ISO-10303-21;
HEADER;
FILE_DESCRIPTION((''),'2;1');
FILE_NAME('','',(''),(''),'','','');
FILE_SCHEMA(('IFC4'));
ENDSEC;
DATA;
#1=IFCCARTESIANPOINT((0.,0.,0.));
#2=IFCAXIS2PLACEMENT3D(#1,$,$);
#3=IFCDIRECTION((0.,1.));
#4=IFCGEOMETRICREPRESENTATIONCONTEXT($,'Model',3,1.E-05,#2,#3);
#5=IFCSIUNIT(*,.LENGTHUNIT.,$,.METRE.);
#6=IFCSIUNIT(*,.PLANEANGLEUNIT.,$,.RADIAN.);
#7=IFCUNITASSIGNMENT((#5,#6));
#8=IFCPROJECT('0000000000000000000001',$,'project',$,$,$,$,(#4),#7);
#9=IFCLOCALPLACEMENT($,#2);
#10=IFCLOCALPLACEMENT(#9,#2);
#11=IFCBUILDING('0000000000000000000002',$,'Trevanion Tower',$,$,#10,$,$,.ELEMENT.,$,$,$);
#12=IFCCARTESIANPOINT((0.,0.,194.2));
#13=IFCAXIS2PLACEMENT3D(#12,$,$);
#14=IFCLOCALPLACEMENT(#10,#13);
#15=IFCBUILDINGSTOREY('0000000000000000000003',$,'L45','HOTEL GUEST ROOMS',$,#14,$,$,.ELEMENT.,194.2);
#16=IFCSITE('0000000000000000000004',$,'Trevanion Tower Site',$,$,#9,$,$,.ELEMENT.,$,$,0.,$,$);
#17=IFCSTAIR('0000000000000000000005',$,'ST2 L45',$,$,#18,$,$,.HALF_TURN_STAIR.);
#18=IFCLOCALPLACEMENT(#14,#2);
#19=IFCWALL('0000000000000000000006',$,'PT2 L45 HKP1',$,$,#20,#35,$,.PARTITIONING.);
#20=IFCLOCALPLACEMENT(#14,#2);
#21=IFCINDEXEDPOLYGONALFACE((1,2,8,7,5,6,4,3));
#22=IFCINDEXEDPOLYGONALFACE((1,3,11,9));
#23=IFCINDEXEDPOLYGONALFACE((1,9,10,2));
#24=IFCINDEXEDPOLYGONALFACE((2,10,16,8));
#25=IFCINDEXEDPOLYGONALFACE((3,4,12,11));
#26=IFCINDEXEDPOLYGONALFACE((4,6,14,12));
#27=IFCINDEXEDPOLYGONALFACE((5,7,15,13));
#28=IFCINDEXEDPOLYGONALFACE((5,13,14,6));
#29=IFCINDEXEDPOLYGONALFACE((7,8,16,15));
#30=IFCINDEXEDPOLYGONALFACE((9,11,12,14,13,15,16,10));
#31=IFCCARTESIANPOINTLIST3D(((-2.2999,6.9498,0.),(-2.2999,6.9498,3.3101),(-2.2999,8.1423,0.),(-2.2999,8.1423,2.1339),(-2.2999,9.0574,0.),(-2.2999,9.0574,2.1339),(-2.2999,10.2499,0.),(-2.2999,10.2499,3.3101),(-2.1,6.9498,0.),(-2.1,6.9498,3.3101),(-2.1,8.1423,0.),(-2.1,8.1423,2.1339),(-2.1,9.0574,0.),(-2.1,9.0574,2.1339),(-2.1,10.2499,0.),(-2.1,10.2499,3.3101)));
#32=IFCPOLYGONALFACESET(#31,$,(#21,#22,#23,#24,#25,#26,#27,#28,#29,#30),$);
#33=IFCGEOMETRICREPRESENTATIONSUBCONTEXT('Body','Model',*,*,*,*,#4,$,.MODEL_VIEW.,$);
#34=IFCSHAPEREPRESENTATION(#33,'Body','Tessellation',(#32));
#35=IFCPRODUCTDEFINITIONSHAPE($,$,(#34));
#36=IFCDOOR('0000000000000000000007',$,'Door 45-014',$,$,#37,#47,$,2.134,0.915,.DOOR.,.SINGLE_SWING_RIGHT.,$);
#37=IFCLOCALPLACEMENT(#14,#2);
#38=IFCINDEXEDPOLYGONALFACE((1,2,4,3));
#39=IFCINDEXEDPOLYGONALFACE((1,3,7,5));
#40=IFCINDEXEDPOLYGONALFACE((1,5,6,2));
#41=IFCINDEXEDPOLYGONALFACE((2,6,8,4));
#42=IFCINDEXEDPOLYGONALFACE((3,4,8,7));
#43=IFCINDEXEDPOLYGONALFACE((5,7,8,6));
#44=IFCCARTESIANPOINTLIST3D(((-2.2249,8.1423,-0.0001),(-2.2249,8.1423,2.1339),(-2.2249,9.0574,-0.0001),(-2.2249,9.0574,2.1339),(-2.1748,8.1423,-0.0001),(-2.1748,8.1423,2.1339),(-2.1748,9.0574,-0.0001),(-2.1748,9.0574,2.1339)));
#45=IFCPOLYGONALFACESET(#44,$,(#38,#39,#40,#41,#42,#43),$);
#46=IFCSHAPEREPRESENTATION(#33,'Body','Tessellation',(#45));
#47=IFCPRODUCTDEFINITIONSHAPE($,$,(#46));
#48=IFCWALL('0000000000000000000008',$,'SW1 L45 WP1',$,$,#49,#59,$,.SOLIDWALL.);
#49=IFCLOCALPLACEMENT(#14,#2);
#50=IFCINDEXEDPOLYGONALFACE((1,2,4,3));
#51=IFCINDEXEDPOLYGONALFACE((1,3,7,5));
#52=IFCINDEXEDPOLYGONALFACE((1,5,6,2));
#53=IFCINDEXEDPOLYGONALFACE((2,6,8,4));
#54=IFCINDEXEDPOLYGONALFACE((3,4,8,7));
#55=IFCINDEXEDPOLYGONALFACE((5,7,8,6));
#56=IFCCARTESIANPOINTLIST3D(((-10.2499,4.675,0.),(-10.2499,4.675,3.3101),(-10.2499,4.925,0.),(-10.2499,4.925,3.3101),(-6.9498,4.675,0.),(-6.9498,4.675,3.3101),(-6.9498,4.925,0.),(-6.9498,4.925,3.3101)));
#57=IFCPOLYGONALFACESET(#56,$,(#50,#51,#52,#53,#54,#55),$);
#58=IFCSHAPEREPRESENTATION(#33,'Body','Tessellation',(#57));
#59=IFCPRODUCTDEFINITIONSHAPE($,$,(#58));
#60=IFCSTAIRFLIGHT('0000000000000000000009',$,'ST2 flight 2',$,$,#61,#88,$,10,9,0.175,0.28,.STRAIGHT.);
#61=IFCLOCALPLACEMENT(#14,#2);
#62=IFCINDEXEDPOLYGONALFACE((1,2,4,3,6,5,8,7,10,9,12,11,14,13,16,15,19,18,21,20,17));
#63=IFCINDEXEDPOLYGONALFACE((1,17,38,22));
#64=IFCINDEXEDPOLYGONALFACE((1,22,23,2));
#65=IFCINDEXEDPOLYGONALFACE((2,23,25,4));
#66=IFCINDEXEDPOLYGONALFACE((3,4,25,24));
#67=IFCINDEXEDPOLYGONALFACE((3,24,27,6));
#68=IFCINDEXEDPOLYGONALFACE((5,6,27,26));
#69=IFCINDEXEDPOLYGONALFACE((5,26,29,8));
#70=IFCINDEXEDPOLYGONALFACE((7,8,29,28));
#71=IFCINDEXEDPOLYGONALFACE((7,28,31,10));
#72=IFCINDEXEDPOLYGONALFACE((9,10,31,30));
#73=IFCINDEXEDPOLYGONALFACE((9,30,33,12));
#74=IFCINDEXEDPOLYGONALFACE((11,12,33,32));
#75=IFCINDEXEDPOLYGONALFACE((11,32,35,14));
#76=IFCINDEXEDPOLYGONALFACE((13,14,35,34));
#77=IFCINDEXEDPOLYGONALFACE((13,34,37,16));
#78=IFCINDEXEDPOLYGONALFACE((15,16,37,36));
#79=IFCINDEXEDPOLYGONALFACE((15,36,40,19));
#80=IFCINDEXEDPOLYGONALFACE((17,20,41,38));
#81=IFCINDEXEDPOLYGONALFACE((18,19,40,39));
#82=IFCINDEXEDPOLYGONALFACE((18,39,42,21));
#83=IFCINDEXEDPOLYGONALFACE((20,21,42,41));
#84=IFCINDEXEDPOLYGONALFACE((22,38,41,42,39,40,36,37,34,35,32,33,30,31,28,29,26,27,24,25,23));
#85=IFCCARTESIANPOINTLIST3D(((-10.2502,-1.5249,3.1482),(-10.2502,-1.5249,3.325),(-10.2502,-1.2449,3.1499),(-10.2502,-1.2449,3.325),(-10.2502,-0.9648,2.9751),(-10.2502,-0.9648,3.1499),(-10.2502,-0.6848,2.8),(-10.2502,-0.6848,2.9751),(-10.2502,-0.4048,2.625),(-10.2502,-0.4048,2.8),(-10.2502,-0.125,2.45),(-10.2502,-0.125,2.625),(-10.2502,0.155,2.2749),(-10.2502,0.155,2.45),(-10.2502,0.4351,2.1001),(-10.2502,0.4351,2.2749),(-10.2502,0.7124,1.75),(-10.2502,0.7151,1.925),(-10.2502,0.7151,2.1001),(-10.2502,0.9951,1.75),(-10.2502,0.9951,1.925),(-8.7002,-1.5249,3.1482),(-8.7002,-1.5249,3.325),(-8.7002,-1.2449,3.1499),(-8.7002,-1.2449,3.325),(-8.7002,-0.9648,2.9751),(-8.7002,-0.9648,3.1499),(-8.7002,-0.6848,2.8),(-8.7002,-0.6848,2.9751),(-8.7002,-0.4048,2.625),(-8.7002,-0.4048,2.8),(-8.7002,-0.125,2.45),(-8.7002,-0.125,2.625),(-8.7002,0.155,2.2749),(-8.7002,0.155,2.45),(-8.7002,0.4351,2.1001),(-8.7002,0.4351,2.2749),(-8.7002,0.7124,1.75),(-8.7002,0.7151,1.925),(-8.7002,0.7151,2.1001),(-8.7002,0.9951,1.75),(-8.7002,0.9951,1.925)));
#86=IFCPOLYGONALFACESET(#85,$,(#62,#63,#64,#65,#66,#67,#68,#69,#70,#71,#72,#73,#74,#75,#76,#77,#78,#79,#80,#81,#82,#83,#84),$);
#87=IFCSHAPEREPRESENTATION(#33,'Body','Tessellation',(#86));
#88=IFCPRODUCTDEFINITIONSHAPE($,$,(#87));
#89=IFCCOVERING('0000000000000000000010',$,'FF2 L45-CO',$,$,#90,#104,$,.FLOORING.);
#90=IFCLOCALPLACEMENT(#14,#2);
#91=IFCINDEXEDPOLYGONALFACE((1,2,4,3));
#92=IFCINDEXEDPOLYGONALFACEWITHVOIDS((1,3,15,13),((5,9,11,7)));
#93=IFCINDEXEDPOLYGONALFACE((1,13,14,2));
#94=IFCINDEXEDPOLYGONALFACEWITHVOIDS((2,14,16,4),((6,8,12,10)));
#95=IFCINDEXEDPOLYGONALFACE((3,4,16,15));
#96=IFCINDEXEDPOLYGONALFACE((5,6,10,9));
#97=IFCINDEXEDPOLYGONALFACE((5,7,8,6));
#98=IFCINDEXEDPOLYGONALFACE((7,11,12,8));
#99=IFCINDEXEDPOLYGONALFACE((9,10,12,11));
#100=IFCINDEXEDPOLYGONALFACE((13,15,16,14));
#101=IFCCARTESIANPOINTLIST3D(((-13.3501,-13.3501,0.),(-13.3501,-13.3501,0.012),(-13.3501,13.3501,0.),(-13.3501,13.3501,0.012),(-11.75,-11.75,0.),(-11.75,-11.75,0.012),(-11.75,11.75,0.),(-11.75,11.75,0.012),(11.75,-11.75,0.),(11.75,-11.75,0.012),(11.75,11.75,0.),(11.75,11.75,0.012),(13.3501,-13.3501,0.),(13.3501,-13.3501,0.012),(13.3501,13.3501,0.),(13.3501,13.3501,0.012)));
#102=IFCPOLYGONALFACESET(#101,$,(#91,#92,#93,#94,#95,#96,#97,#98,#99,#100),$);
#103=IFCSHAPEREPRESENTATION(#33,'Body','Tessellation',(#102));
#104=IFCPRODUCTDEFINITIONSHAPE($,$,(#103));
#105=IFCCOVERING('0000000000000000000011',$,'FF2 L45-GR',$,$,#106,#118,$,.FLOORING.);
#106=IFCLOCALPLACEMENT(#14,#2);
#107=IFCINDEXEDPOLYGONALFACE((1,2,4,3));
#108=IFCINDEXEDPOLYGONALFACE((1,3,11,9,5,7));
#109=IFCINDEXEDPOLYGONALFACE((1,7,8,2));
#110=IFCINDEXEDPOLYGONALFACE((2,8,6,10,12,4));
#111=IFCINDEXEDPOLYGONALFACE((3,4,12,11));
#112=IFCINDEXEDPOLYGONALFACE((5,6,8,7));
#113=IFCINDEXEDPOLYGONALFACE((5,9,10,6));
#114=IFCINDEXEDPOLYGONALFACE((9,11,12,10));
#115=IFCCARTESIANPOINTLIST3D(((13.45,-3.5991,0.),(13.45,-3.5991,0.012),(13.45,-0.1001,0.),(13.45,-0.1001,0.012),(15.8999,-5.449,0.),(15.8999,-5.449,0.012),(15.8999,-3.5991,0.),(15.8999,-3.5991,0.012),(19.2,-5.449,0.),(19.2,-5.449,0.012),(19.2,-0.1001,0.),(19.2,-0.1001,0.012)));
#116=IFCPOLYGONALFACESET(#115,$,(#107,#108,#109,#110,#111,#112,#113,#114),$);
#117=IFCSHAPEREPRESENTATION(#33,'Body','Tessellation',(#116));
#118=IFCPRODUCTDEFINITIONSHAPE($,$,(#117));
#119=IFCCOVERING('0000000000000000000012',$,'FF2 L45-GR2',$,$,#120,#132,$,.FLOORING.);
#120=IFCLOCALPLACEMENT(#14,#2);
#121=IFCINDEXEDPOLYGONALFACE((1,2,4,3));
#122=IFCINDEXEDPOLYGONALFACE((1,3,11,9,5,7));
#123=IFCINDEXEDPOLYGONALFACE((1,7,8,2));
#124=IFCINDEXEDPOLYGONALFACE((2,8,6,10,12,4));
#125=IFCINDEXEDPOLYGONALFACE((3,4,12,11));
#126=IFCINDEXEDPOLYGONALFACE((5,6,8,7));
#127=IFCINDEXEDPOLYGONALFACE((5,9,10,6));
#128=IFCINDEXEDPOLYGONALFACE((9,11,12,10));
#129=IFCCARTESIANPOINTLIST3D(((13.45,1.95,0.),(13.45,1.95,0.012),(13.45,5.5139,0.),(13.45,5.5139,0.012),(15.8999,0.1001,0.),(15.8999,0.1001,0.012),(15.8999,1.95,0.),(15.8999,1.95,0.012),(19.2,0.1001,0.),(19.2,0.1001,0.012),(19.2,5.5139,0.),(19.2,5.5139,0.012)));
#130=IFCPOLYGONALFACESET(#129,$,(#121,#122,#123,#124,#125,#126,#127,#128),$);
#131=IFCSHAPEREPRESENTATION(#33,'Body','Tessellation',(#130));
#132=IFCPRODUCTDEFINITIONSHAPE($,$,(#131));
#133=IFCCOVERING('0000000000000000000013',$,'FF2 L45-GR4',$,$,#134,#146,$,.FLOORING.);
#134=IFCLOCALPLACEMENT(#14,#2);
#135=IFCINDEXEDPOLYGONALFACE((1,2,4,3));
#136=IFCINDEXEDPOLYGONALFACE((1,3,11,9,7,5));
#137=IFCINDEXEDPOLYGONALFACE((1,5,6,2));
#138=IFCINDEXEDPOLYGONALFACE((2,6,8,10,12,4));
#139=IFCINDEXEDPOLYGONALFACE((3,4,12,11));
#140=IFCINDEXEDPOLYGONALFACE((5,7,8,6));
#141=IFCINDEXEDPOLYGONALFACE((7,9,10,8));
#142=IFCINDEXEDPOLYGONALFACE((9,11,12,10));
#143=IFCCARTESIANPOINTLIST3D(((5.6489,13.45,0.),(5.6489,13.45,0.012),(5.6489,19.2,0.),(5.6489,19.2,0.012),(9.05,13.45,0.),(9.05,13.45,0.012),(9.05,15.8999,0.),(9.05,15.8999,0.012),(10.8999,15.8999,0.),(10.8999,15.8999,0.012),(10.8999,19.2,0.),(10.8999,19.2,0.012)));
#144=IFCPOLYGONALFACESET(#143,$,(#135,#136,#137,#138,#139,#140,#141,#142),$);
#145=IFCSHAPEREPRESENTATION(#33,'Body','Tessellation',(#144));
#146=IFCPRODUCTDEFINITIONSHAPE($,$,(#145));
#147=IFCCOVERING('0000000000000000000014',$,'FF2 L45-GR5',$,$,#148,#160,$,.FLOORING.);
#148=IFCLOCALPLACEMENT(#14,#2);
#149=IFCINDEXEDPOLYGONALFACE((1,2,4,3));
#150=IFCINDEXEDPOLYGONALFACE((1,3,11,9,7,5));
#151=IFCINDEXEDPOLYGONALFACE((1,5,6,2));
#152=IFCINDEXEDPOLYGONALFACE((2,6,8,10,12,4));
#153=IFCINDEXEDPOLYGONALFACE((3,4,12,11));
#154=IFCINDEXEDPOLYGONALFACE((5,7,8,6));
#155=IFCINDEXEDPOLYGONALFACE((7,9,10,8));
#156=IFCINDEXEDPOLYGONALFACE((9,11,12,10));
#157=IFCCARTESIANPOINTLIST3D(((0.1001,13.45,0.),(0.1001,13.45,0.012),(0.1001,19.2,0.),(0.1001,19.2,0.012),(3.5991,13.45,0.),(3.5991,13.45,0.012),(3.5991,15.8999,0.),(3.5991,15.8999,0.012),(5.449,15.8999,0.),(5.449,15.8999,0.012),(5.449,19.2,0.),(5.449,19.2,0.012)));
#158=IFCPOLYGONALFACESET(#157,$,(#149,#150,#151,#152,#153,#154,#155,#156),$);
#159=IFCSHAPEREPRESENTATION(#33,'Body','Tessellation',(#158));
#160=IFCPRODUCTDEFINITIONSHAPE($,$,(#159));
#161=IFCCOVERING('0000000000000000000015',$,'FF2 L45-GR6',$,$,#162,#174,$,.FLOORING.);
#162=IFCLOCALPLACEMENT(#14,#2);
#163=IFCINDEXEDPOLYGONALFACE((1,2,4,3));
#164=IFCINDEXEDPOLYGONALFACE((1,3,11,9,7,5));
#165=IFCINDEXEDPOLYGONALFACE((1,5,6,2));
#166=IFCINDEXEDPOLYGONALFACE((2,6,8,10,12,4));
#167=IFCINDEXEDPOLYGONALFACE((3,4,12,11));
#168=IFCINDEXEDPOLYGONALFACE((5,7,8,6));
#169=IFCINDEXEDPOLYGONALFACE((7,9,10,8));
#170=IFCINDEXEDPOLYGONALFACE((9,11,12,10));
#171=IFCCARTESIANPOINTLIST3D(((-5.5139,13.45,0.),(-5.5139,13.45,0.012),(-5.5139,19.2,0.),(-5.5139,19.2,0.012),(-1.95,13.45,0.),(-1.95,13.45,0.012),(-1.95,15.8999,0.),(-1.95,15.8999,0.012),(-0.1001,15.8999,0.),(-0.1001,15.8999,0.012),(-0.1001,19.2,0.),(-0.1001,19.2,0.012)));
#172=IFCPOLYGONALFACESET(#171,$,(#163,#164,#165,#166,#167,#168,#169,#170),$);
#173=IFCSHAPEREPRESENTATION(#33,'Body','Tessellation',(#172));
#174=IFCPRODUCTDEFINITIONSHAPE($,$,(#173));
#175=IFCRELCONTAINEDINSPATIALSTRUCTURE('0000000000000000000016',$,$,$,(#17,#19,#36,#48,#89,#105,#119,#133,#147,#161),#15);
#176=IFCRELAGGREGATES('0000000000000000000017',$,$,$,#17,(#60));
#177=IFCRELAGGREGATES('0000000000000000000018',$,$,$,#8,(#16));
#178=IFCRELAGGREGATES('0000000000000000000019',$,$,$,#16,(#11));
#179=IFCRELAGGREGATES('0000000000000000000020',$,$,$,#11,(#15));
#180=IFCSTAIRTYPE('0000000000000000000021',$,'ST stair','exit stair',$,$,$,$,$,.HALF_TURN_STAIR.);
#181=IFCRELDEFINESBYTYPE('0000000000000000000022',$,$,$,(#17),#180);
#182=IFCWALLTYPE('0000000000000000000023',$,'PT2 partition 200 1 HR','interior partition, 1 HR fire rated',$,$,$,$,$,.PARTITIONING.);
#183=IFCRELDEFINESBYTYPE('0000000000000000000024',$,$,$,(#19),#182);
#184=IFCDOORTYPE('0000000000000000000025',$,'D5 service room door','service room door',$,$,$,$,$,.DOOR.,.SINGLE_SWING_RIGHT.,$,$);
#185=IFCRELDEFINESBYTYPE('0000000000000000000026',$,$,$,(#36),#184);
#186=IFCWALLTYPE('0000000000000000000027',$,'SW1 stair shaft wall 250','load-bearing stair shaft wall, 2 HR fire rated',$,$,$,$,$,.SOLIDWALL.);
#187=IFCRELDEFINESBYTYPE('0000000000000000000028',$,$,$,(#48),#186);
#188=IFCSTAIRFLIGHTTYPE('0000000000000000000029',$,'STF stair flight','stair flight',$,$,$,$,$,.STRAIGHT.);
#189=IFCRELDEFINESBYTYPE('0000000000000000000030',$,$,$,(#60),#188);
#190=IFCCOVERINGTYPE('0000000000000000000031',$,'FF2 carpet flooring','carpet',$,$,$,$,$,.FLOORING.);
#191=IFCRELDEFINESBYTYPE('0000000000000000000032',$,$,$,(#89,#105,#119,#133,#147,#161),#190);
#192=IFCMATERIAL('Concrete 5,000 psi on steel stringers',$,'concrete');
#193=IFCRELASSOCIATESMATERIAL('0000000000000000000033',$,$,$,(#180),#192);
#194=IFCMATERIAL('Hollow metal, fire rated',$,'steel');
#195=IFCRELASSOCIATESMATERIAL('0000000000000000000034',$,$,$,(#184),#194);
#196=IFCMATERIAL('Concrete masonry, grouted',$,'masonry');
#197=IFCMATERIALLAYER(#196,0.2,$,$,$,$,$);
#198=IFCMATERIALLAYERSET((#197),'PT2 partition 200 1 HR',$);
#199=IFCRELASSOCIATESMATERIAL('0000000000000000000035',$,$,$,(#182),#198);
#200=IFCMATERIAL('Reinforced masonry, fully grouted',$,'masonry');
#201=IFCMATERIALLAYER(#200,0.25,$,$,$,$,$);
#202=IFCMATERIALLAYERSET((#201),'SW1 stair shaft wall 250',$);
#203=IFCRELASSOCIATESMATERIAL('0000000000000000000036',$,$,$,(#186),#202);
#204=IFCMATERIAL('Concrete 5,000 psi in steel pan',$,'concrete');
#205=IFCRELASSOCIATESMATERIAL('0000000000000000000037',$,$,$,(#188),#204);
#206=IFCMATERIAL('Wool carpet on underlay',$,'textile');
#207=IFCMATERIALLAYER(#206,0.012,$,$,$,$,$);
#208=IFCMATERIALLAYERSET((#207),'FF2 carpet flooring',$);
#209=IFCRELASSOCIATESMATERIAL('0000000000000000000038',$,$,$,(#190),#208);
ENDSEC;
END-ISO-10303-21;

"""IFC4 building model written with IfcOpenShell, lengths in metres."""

from ifc_helpers import new_model, si_unit, direction, frame, frame_2d, origin, place, context, subcontext, project, spatial, polyline, rectangle, outline, extrude, material, layer, layer_set, type_object, element, fill, aggregate, save


model = new_model("IFC4")

# Units and contexts
model_context = context("Model", 3, precision=1e-05, world=origin(), true_north=direction((0.0, 1.0)))
body_context = subcontext(model_context, "Body", "Model", "MODEL_VIEW")
ifc_project = project(units=[si_unit("LENGTHUNIT", "METRE"), si_unit("PLANEANGLEUNIT", "RADIAN")], contexts=[model_context])

# Site, building, storey
site_placement = place(None, origin())
site = spatial("IfcSite", under=ifc_project, at=site_placement, Name="Trevanion Tower Site", CompositionType="ELEMENT", RefElevation=0.0)
building_placement = place(site_placement, origin())
building = spatial("IfcBuilding", under=site, at=building_placement, Name="Trevanion Tower", CompositionType="ELEMENT")
storey_placement = place(building_placement, frame((0.0, 0.0, 194.2)))
storey = spatial("IfcBuildingStorey", under=building, at=storey_placement, Name="L45", Description="HOTEL GUEST ROOMS", CompositionType="ELEMENT", Elevation=194.2)

# Stair
ifc_material_1 = material(Name="Concrete 5,000 psi on steel stringers", Category="concrete")
stair_type = type_object("IfcStairType", Name="ST stair", Description="exit stair", PredefinedType="HALF_TURN_STAIR", material=ifc_material_1)
stair_1_placement = place(storey_placement, origin())
stair_1 = element("IfcStair", 1, at=stair_1_placement, inside=storey, type_object=stair_type, Name="ST2 L45", PredefinedType="HALF_TURN_STAIR")

# Shared definitions
ifc_material_2 = material(Name="Hollow metal, fire rated", Category="steel")
door_type_1 = type_object("IfcDoorType", Name="D5 service room door", Description="service room door", OperationType="SINGLE_SWING_RIGHT", PredefinedType="DOOR", material=ifc_material_2)

# Shared definitions
ifc_material_3 = material(Name="Concrete masonry, grouted", Category="masonry")
ifc_layer_1 = layer(ifc_material_3, 0.2)
ifc_layer_set_1 = layer_set([ifc_layer_1], Name="PT2 partition 200 1 HR")
wall_type_1 = type_object("IfcWallType", Name="PT2 partition 200 1 HR", Description="interior partition, 1 HR fire rated", PredefinedType="PARTITIONING", material=ifc_layer_set_1)

# Wall, opening, door
wall_1_placement = place(storey_placement, frame((-2.2, 6.95, 0.0), z_axis=(0.0, 0.0, 1.0), x_axis=(0.0, 1.0, 0.0)))
wall_1 = element("IfcWall", 2, at=wall_1_placement, inside=storey, type_object=wall_type_1, Name="PT2 L45 HKP1", PredefinedType="PARTITIONING", context=body_context, shape_type="SweptSolid", body=[
    extrude(rectangle(XDim=3.3, YDim=0.2, at=frame_2d((1.6499, 0.0))), origin(), (0.0, 0.0, 1.0), 3.3101),
])
opening_1_placement = place(wall_1_placement, frame((1.1924, 0.0, 0.0)))
opening_1 = element("IfcOpeningElement", 3, at=opening_1_placement, cuts=wall_1, PredefinedType="OPENING", context=body_context, shape_type="SweptSolid", body=[
    extrude(rectangle(XDim=0.915, YDim=2.134, at=frame_2d((0.4575, 1.0669))), frame((0.0, 0.1099, 0.0), z_axis=(0.0, -1.0, 0.0), x_axis=(1.0, 0.0, 0.0)), (0.0, 0.0, 1.0), 0.22),
])
door_1_placement = place(opening_1_placement, origin())
door_1 = element("IfcDoor", 4, at=door_1_placement, inside=storey, type_object=door_type_1, Name="Door 45-014", OperationType="SINGLE_SWING_RIGHT", OverallHeight=2.134, OverallWidth=0.915, PredefinedType="DOOR", context=body_context, shape_type="SweptSolid", body=[
    extrude(rectangle(XDim=0.915, YDim=2.134, at=frame_2d((0.4575, 1.0669))), frame((0.0, 0.0249, 0.0), z_axis=(0.0, -1.0, 0.0), x_axis=(1.0, 0.0, 0.0)), (0.0, 0.0, 1.0), 0.05),
])
fill(opening_1, door_1)

# Wall
ifc_material_4 = material(Name="Reinforced masonry, fully grouted", Category="masonry")
ifc_layer_2 = layer(ifc_material_4, 0.25)
ifc_layer_set_2 = layer_set([ifc_layer_2], Name="SW1 stair shaft wall 250")
wall_type_2 = type_object("IfcWallType", Name="SW1 stair shaft wall 250", Description="load-bearing stair shaft wall, 2 HR fire rated", PredefinedType="SOLIDWALL", material=ifc_layer_set_2)
wall_2_placement = place(storey_placement, frame((-6.95, 4.8, 0.0), z_axis=(0.0, 0.0, 1.0), x_axis=(-1.0, 0.0, 0.0)))
element("IfcWall", 5, at=wall_2_placement, inside=storey, type_object=wall_type_2, Name="SW1 L45 WP1", PredefinedType="SOLIDWALL", context=body_context, shape_type="SweptSolid", body=[
    extrude(rectangle(XDim=3.3, YDim=0.25, at=frame_2d((1.6499, 0.0))), origin(), (0.0, 0.0, 1.0), 3.3101),
])

# Stair flight
ifc_material_5 = material(Name="Concrete 5,000 psi in steel pan", Category="concrete")
stair_flight_type = type_object("IfcStairFlightType", Name="STF stair flight", Description="stair flight", PredefinedType="STRAIGHT", material=ifc_material_5)
stair_flight_placement = place(storey_placement, frame((-9.4751, 0.9951, 1.75), z_axis=(0.0, 0.0, 1.0), x_axis=(0.0, -1.0, 0.0)))
stair_flight = element("IfcStairFlight", 6, at=stair_flight_placement, type_object=stair_flight_type, Name="ST2 flight 2", NumberOfRisers=10, NumberOfTreads=9, PredefinedType="STRAIGHT", RiserHeight=0.175, TreadLength=0.28, context=body_context, shape_type="SweptSolid", body=[
    extrude(outline(polyline([(0.0, 0.0), (0.0, 0.175), (0.28, 0.175), (0.28, 0.3501), (0.5601, 0.3501), (0.5601, 0.5249), (0.8401, 0.5249), (0.8401, 0.7), (1.1201, 0.7), (1.1201, 0.875), (1.3999, 0.875), (1.3999, 1.05), (1.6799, 1.05), (1.6799, 1.2251), (1.96, 1.2251), (1.96, 1.3999), (2.24, 1.3999), (2.24, 1.575), (2.52, 1.575), (2.52, 1.75), (2.52, 1.3982), (0.2827, 0.0), (0.0, 0.0)])), frame((0.0, 0.7749, 0.0), z_axis=(0.0, -1.0, 0.0), x_axis=(1.0, 0.0, 0.0)), (0.0, 0.0, 1.0), 1.55),
])
aggregate(stair_1, [stair_flight])

# Coverings
ifc_material_6 = material(Name="Wool carpet on underlay", Category="textile")
ifc_layer_3 = layer(ifc_material_6, 0.012)
ifc_layer_set_3 = layer_set([ifc_layer_3], Name="FF2 carpet flooring")
covering_type = type_object("IfcCoveringType", Name="FF2 carpet flooring", Description="carpet", PredefinedType="FLOORING", material=ifc_layer_set_3)
covering_1_placement = place(storey_placement, origin())
element("IfcCovering", 7, at=covering_1_placement, inside=storey, type_object=covering_type, Name="FF2 L45-CO", PredefinedType="FLOORING", context=body_context, shape_type="SweptSolid", body=[
    extrude(outline(polyline([(-13.3501, -13.3501), (-13.3501, 13.3501), (13.3501, 13.3501), (13.3501, -13.3501), (-13.3501, -13.3501)]), holes=[polyline([(11.75, 11.75), (-11.75, 11.75), (-11.75, -11.75), (11.75, -11.75), (11.75, 11.75)])]), origin(), (0.0, 0.0, 1.0), 0.012),
])
covering_2_placement = place(storey_placement, origin())
element("IfcCovering", 8, at=covering_2_placement, inside=storey, type_object=covering_type, Name="FF2 L45-GR", PredefinedType="FLOORING", context=body_context, shape_type="SweptSolid", body=[
    extrude(outline(polyline([(13.45, -0.1001), (19.2, -0.1001), (19.2, -5.449), (15.8999, -5.449), (15.8999, -3.5991), (13.45, -3.5991), (13.45, -0.1001)])), origin(), (0.0, 0.0, 1.0), 0.012),
])
covering_3_placement = place(storey_placement, origin())
element("IfcCovering", 9, at=covering_3_placement, inside=storey, type_object=covering_type, Name="FF2 L45-GR2", PredefinedType="FLOORING", context=body_context, shape_type="SweptSolid", body=[
    extrude(outline(polyline([(13.45, 5.5139), (19.2, 5.5139), (19.2, 0.1001), (15.8999, 0.1001), (15.8999, 1.95), (13.45, 1.95), (13.45, 5.5139)])), origin(), (0.0, 0.0, 1.0), 0.012),
])
covering_4_placement = place(storey_placement, origin())
element("IfcCovering", 10, at=covering_4_placement, inside=storey, type_object=covering_type, Name="FF2 L45-GR4", PredefinedType="FLOORING", context=body_context, shape_type="SweptSolid", body=[
    extrude(outline(polyline([(5.6489, 13.45), (5.6489, 19.2), (10.8999, 19.2), (10.8999, 15.8999), (9.05, 15.8999), (9.05, 13.45), (5.6489, 13.45)])), origin(), (0.0, 0.0, 1.0), 0.012),
])
covering_5_placement = place(storey_placement, origin())
element("IfcCovering", 11, at=covering_5_placement, inside=storey, type_object=covering_type, Name="FF2 L45-GR5", PredefinedType="FLOORING", context=body_context, shape_type="SweptSolid", body=[
    extrude(outline(polyline([(0.1001, 13.45), (0.1001, 19.2), (5.449, 19.2), (5.449, 15.8999), (3.5991, 15.8999), (3.5991, 13.45), (0.1001, 13.45)])), origin(), (0.0, 0.0, 1.0), 0.012),
])
covering_6_placement = place(storey_placement, origin())
element("IfcCovering", 12, at=covering_6_placement, inside=storey, type_object=covering_type, Name="FF2 L45-GR6", PredefinedType="FLOORING", context=body_context, shape_type="SweptSolid", body=[
    extrude(outline(polyline([(-5.5139, 13.45), (-5.5139, 19.2), (-0.1001, 19.2), (-0.1001, 15.8999), (-1.95, 15.8999), (-1.95, 13.45), (-5.5139, 13.45)])), origin(), (0.0, 0.0, 1.0), 0.012),
])

save(model, "model.ifc")
